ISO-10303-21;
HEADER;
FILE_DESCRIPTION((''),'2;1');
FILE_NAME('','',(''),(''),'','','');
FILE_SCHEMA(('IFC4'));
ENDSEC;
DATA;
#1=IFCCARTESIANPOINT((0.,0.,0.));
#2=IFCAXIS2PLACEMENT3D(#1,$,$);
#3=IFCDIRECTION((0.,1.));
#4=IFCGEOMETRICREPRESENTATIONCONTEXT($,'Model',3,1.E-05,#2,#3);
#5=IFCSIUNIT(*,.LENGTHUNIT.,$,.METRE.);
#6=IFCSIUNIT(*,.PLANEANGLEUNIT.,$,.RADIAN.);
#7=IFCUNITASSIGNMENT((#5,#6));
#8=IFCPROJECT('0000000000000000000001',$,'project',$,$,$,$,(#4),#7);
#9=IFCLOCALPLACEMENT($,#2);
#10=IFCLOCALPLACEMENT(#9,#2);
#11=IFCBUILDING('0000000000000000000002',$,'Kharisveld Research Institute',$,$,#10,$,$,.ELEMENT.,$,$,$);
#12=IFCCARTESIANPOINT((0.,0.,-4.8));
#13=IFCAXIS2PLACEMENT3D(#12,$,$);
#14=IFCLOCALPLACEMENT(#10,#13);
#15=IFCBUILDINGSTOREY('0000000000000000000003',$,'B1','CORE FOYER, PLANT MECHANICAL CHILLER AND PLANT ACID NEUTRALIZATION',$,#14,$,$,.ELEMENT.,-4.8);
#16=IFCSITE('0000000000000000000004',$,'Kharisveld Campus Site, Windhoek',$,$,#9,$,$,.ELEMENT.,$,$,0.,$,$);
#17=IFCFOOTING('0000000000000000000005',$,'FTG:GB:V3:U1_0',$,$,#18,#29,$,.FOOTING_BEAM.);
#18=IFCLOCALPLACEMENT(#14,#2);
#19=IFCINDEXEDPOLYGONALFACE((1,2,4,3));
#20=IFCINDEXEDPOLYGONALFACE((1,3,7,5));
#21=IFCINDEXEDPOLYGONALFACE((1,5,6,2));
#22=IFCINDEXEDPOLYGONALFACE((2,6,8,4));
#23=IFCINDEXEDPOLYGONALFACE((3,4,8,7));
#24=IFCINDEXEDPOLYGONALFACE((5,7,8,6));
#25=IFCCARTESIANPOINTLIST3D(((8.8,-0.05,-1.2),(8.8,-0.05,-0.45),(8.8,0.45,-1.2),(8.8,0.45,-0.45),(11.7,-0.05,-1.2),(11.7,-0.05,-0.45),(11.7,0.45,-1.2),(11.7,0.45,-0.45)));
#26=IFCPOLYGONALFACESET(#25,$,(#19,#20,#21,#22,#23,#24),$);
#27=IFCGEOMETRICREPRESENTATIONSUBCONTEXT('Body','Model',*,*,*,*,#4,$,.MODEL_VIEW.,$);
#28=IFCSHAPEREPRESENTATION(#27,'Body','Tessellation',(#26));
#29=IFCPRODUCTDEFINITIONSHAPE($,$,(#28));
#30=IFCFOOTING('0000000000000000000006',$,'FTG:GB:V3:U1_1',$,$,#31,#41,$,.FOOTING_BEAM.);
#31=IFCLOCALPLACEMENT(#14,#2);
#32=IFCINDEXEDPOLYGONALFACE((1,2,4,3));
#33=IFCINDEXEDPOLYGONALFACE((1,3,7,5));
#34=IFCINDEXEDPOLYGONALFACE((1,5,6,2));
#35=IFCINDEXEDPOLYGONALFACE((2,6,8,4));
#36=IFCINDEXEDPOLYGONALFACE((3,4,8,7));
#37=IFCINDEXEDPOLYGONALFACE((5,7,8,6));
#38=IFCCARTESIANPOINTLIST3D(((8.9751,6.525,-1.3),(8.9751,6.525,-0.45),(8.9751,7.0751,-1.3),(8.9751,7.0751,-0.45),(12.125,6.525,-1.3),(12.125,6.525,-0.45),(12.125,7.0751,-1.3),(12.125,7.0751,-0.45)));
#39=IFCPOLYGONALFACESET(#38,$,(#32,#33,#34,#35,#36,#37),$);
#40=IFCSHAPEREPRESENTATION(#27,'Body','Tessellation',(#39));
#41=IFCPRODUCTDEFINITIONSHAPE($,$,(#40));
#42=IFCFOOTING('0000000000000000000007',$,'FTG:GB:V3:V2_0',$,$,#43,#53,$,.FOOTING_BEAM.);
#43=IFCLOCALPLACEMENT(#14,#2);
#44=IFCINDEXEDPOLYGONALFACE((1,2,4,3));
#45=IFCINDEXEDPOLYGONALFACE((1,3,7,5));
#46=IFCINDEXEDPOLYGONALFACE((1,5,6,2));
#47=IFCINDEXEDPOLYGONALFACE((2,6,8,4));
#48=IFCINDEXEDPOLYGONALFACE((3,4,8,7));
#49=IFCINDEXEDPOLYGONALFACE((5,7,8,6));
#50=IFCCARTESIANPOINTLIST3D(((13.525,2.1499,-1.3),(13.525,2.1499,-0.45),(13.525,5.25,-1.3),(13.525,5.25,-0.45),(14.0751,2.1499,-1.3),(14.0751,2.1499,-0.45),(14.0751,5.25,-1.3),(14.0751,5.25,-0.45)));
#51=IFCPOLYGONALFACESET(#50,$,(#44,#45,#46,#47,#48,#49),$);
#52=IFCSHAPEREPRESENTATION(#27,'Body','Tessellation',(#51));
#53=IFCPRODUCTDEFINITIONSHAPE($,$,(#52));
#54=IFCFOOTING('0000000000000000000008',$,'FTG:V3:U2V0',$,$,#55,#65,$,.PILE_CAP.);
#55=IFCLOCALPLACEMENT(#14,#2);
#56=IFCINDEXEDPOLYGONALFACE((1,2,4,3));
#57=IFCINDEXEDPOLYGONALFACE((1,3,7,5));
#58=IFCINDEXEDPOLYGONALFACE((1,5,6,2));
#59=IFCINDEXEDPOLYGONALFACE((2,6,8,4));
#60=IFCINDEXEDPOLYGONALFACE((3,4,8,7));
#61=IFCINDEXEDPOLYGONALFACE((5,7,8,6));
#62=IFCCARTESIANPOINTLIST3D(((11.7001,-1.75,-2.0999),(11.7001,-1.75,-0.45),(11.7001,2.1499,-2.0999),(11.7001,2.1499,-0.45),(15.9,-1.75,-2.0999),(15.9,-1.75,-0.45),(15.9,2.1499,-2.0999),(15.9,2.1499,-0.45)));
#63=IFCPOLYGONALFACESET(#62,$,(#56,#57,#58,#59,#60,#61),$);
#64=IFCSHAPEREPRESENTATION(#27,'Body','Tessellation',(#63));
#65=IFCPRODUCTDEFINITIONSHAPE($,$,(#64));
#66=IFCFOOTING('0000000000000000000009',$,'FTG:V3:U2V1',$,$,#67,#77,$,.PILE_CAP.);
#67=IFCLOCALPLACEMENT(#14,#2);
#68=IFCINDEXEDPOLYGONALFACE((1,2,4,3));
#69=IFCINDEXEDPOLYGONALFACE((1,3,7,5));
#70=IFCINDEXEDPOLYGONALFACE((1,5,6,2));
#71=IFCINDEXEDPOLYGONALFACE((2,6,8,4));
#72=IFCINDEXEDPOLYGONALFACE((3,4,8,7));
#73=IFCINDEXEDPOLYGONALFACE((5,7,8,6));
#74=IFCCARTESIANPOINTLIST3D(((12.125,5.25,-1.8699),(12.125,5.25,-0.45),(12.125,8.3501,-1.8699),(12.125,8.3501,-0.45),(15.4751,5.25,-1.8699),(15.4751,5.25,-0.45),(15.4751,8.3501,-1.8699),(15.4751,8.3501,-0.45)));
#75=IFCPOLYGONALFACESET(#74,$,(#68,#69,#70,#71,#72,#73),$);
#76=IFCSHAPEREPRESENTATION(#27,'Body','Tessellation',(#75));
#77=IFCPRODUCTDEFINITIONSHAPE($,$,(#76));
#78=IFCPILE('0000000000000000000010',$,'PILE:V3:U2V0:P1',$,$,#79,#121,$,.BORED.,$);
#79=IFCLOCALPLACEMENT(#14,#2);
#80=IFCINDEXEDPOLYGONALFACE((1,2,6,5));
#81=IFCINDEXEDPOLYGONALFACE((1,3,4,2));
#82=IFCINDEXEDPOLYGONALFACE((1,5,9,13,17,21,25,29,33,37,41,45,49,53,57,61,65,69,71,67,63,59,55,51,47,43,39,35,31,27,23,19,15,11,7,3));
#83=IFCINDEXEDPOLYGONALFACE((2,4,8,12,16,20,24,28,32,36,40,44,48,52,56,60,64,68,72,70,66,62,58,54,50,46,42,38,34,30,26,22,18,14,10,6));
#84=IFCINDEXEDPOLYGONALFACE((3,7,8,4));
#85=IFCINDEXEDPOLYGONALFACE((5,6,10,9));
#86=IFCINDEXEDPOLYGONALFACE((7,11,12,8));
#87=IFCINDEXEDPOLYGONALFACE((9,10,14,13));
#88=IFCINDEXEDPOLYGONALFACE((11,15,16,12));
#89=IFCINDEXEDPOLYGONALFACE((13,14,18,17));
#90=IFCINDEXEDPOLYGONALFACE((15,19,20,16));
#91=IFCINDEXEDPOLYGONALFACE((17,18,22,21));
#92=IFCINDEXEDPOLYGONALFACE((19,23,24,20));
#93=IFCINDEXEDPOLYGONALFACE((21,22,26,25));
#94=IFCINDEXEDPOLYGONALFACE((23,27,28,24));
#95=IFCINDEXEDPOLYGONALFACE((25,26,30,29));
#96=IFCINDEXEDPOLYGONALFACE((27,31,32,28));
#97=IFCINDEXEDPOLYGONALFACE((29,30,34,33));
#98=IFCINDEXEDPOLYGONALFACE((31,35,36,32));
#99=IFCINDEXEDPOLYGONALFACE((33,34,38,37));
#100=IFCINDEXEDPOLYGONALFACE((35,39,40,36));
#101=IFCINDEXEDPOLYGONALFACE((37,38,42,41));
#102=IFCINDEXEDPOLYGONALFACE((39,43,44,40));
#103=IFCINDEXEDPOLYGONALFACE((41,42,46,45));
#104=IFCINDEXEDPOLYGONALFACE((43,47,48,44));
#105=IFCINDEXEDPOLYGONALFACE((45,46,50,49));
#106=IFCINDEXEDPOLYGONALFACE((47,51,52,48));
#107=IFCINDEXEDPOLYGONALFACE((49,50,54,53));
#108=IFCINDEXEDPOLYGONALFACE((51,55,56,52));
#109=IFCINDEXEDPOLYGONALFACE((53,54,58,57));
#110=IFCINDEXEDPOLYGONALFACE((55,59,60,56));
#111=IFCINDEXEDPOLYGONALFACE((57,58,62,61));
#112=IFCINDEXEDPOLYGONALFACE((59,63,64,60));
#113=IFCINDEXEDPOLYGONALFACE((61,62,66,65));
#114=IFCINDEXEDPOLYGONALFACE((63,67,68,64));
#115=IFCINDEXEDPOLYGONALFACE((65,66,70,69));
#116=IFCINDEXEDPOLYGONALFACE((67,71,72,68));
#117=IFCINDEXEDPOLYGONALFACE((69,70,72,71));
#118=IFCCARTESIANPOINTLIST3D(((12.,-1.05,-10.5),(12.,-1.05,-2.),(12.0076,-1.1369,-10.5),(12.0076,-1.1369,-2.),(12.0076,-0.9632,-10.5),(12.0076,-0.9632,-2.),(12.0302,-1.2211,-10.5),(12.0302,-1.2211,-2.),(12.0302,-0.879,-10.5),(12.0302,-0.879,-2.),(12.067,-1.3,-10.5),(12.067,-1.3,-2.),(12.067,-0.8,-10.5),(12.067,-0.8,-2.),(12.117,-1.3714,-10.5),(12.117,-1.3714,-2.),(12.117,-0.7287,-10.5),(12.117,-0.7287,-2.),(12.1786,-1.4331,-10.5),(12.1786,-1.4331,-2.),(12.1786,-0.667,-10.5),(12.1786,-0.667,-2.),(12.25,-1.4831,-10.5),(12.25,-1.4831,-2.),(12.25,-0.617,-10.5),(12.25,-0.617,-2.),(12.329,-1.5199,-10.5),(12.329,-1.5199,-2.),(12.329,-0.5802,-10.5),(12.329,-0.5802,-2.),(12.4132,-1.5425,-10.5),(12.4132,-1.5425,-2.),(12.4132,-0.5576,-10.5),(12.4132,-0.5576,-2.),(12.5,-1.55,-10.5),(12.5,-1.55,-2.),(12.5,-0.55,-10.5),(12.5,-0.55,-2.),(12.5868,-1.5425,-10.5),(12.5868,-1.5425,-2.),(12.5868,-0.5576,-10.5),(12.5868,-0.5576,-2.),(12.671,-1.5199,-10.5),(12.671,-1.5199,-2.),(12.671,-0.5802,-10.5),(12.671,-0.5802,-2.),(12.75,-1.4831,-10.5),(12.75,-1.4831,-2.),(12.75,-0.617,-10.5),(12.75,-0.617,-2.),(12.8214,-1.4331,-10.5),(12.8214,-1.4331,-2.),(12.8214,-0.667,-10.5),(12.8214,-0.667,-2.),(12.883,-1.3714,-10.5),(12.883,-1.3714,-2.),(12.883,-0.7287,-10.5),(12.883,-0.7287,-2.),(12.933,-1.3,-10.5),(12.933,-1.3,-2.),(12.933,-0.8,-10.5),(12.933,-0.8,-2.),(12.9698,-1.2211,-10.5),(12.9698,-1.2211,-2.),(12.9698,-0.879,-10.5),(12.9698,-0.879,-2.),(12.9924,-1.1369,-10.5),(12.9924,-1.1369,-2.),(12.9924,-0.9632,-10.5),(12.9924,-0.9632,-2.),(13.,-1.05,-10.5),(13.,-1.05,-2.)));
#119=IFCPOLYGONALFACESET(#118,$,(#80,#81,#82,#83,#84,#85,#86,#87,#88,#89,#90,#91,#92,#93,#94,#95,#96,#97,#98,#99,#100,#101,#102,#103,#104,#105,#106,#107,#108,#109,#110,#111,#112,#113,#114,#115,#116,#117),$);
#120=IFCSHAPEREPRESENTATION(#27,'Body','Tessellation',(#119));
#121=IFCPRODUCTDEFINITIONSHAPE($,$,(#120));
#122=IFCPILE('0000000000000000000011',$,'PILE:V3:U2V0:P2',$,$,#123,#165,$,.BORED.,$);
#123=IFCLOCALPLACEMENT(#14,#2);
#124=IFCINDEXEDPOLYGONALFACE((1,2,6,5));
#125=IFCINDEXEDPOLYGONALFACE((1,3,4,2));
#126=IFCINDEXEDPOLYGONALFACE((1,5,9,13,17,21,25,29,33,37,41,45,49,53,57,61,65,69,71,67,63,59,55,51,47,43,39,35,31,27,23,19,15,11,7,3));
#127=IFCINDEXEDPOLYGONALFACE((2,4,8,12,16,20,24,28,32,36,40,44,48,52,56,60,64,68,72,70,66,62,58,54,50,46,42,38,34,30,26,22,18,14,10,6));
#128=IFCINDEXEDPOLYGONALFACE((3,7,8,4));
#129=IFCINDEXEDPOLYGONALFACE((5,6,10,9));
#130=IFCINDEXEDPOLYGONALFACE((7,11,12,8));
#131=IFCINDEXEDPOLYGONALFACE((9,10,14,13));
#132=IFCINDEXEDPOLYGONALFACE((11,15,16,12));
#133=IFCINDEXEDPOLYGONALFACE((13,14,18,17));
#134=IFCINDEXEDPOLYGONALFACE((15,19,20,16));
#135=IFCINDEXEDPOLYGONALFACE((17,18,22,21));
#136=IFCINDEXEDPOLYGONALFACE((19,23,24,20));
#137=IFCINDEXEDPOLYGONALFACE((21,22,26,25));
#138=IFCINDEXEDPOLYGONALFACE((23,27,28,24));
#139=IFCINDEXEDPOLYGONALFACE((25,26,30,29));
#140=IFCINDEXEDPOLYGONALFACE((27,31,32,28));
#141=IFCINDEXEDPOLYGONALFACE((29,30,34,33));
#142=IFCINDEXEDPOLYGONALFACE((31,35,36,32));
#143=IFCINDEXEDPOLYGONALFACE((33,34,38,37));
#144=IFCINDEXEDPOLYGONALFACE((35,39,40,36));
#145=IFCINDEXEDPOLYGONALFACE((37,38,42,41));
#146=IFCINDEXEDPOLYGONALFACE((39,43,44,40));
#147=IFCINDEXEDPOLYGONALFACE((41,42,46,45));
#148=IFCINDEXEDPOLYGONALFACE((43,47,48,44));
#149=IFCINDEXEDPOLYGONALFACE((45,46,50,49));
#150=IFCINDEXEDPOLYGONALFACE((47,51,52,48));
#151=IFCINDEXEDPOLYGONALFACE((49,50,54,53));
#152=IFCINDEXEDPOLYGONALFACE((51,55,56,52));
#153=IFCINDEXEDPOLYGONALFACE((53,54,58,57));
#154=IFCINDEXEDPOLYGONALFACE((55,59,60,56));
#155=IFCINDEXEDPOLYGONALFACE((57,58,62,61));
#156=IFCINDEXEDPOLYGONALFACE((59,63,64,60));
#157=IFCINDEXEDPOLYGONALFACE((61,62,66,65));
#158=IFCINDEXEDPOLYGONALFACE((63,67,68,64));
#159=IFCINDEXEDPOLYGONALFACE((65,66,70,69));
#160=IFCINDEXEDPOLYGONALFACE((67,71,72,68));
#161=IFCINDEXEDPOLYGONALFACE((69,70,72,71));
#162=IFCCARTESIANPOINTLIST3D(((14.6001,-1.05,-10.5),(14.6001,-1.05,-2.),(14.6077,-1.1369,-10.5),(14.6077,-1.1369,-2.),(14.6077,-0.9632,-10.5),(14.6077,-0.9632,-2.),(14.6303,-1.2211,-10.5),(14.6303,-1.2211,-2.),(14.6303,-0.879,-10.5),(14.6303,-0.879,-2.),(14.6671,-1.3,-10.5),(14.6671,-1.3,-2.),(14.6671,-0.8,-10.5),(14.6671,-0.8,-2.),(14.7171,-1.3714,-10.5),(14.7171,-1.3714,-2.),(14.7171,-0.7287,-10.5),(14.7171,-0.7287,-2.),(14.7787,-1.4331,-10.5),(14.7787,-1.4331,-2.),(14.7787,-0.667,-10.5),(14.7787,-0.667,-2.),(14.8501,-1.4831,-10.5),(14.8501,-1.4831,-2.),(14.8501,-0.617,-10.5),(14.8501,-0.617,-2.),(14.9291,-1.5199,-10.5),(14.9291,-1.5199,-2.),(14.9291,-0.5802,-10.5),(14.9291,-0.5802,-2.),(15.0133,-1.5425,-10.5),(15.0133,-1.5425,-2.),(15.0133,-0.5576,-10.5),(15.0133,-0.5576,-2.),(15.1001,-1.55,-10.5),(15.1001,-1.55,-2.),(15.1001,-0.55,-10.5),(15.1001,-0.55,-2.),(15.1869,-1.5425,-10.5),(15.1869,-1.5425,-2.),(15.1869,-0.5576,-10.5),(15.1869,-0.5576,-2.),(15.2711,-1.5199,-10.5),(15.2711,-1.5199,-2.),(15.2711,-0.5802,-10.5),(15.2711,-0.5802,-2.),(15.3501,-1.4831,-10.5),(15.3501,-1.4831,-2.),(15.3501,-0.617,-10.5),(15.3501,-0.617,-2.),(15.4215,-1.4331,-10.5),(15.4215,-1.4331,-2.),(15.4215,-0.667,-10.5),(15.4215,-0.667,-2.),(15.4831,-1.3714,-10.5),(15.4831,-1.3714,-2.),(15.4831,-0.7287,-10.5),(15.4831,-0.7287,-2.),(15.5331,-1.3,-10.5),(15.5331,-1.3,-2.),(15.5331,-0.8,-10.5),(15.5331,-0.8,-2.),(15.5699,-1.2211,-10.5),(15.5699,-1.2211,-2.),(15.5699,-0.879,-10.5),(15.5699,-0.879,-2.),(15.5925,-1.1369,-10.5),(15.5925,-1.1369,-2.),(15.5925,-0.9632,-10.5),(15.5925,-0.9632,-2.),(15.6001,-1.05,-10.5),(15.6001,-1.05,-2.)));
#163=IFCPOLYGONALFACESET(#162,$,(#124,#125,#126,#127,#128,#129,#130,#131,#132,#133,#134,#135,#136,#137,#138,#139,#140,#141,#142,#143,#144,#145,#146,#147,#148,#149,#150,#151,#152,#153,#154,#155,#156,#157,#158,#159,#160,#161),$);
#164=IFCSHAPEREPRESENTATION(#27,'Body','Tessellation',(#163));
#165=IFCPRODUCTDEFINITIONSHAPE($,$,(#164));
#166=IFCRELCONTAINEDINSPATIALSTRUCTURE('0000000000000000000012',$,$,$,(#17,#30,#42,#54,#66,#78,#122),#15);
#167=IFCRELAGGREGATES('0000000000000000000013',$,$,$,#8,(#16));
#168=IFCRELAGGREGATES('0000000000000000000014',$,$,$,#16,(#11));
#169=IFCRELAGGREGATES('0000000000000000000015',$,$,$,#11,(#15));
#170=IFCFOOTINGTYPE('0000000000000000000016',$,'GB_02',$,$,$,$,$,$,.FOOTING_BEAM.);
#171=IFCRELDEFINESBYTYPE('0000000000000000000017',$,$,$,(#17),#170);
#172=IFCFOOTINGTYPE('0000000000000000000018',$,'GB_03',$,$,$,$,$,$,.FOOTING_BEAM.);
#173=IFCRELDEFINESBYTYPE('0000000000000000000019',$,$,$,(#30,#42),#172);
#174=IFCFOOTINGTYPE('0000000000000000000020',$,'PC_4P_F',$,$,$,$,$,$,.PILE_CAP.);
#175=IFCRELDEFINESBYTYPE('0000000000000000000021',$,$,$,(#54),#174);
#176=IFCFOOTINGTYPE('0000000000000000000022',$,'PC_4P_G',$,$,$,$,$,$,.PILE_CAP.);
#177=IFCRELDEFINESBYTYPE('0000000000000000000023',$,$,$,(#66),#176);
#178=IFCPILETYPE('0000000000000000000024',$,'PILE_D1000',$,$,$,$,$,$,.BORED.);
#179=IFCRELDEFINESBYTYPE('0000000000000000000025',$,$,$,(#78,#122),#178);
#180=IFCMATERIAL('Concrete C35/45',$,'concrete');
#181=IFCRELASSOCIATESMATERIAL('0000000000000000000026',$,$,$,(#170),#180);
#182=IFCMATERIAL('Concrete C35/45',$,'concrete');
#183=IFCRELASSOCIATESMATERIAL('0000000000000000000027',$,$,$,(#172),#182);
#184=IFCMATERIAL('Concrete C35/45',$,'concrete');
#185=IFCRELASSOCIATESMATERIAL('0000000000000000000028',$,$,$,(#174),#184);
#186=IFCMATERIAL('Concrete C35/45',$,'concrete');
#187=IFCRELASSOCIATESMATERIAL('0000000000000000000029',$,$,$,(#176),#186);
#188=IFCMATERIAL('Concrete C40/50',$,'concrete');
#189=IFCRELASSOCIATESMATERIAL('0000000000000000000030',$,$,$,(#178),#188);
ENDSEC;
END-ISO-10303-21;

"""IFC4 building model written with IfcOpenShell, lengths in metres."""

from ifc_helpers import new_model, si_unit, direction, frame, origin, origin_2d, place, context, subcontext, project, spatial, rectangle, circle, extrude, material, material_profile, profile_set, type_object, element, save


model = new_model("IFC4")

# Units and contexts
model_context = context("Model", 3, precision=1e-05, world=origin(), true_north=direction((0.0, 1.0)))
body_context = subcontext(model_context, "Body", "Model", "MODEL_VIEW")
ifc_project = project(units=[si_unit("LENGTHUNIT", "METRE"), si_unit("PLANEANGLEUNIT", "RADIAN")], contexts=[model_context])

# Site, building, storey
site_placement = place(None, origin())
site = spatial("IfcSite", under=ifc_project, at=site_placement, Name="Kharisveld Campus Site, Windhoek", CompositionType="ELEMENT", RefElevation=0.0)
building_placement = place(site_placement, origin())
building = spatial("IfcBuilding", under=site, at=building_placement, Name="Kharisveld Research Institute", CompositionType="ELEMENT")
storey_placement = place(building_placement, frame((0.0, 0.0, -4.8)))
storey = spatial("IfcBuildingStorey", under=building, at=storey_placement, Name="B1", Description="CORE FOYER, PLANT MECHANICAL CHILLER AND PLANT ACID NEUTRALIZATION", CompositionType="ELEMENT", Elevation=-4.8)

# Footings
ifc_material_1 = material(Name="Concrete C35/45", Category="concrete")
ifc_material_profile_1 = material_profile(ifc_material_1, rectangle(XDim=0.5, YDim=0.75, at=origin_2d()))
ifc_profile_set_1 = profile_set([ifc_material_profile_1], Name="Concrete C35/45")
footing_type_1 = type_object("IfcFootingType", Name="GB_02", PredefinedType="FOOTING_BEAM", material=ifc_profile_set_1)
footing_1_placement = place(storey_placement, frame((8.8, 0.2, -0.825), z_axis=(1.0, 0.0, 0.0), x_axis=(0.0, 1.0, 0.0)))
element("IfcFooting", 1, at=footing_1_placement, inside=storey, type_object=footing_type_1, Name="FTG:GB:V3:U1_0", PredefinedType="FOOTING_BEAM", context=body_context, shape_type="SweptSolid", body=[
    extrude(rectangle(XDim=0.5, YDim=0.75, at=origin_2d()), origin(), (0.0, 0.0, 1.0), 2.8999),
])
ifc_material_2 = material(Name="Concrete C35/45", Category="concrete")
ifc_material_profile_2 = material_profile(ifc_material_2, rectangle(XDim=0.55, YDim=0.8501, at=origin_2d()))
ifc_profile_set_2 = profile_set([ifc_material_profile_2], Name="Concrete C35/45")
footing_type_2 = type_object("IfcFootingType", Name="GB_03", PredefinedType="FOOTING_BEAM", material=ifc_profile_set_2)
footing_2_placement = place(storey_placement, frame((8.9751, 6.8, -0.875), z_axis=(1.0, 0.0, 0.0), x_axis=(0.0, 1.0, 0.0)))
element("IfcFooting", 2, at=footing_2_placement, inside=storey, type_object=footing_type_2, Name="FTG:GB:V3:U1_1", PredefinedType="FOOTING_BEAM", context=body_context, shape_type="SweptSolid", body=[
    extrude(rectangle(XDim=0.55, YDim=0.8501, at=origin_2d()), origin(), (0.0, 0.0, 1.0), 3.1499),
])
footing_3_placement = place(storey_placement, frame((13.8, 2.1499, -0.875), z_axis=(0.0, 1.0, 0.0), x_axis=(-1.0, 0.0, 0.0)))
element("IfcFooting", 3, at=footing_3_placement, inside=storey, type_object=footing_type_2, Name="FTG:GB:V3:V2_0", PredefinedType="FOOTING_BEAM", context=body_context, shape_type="SweptSolid", body=[
    extrude(rectangle(XDim=0.55, YDim=0.8501, at=origin_2d()), origin(), (0.0, 0.0, 1.0), 3.1001),
])
ifc_material_3 = material(Name="Concrete C35/45", Category="concrete")
footing_type_3 = type_object("IfcFootingType", Name="PC_4P_F", PredefinedType="PILE_CAP", material=ifc_material_3)
footing_4_placement = place(storey_placement, frame((13.8, 0.2, -2.0999), z_axis=(0.0, 0.0, 1.0), x_axis=(1.0, 0.0, 0.0)))
element("IfcFooting", 4, at=footing_4_placement, inside=storey, type_object=footing_type_3, Name="FTG:V3:U2V0", PredefinedType="PILE_CAP", context=body_context, shape_type="SweptSolid", body=[
    extrude(rectangle(XDim=4.2, YDim=3.8999, at=origin_2d()), origin(), (0.0, 0.0, 1.0), 1.6499),
])
ifc_material_4 = material(Name="Concrete C35/45", Category="concrete")
footing_type_4 = type_object("IfcFootingType", Name="PC_4P_G", PredefinedType="PILE_CAP", material=ifc_material_4)
footing_5_placement = place(storey_placement, frame((13.8, 6.8, -1.8699), z_axis=(0.0, 0.0, 1.0), x_axis=(1.0, 0.0, 0.0)))
element("IfcFooting", 5, at=footing_5_placement, inside=storey, type_object=footing_type_4, Name="FTG:V3:U2V1", PredefinedType="PILE_CAP", context=body_context, shape_type="SweptSolid", body=[
    extrude(rectangle(XDim=3.3501, YDim=3.1001, at=origin_2d()), origin(), (0.0, 0.0, 1.0), 1.4199),
])

# Piles
ifc_material_5 = material(Name="Concrete C40/50", Category="concrete")
ifc_material_profile_3 = material_profile(ifc_material_5, circle(Radius=0.5, at=origin_2d()))
ifc_profile_set_3 = profile_set([ifc_material_profile_3], Name="Concrete C40/50")
pile_type_1 = type_object("IfcPileType", Name="PILE_D1000", PredefinedType="BORED", material=ifc_profile_set_3)
for number, where, z_axis, x_axis, name in (
    (6, (12.5, -1.05, -2.0), (0.0, 0.0, -1.0), (1.0, 0.0, 0.0), "PILE:V3:U2V0:P1"),
    (7, (15.1001, -1.05, -2.0), (0.0, 0.0, -1.0), (1.0, 0.0, 0.0), "PILE:V3:U2V0:P2"),
):
    element("IfcPile", number, at=place(storey_placement, frame(where, z_axis=z_axis, x_axis=x_axis)), inside=storey, type_object=pile_type_1, Name=name, PredefinedType="BORED", context=body_context, shape_type="SweptSolid", body=[
        extrude(circle(Radius=0.5, at=origin_2d()), origin(), (0.0, 0.0, 1.0), 8.5),
    ])

save(model, "model.ifc")
